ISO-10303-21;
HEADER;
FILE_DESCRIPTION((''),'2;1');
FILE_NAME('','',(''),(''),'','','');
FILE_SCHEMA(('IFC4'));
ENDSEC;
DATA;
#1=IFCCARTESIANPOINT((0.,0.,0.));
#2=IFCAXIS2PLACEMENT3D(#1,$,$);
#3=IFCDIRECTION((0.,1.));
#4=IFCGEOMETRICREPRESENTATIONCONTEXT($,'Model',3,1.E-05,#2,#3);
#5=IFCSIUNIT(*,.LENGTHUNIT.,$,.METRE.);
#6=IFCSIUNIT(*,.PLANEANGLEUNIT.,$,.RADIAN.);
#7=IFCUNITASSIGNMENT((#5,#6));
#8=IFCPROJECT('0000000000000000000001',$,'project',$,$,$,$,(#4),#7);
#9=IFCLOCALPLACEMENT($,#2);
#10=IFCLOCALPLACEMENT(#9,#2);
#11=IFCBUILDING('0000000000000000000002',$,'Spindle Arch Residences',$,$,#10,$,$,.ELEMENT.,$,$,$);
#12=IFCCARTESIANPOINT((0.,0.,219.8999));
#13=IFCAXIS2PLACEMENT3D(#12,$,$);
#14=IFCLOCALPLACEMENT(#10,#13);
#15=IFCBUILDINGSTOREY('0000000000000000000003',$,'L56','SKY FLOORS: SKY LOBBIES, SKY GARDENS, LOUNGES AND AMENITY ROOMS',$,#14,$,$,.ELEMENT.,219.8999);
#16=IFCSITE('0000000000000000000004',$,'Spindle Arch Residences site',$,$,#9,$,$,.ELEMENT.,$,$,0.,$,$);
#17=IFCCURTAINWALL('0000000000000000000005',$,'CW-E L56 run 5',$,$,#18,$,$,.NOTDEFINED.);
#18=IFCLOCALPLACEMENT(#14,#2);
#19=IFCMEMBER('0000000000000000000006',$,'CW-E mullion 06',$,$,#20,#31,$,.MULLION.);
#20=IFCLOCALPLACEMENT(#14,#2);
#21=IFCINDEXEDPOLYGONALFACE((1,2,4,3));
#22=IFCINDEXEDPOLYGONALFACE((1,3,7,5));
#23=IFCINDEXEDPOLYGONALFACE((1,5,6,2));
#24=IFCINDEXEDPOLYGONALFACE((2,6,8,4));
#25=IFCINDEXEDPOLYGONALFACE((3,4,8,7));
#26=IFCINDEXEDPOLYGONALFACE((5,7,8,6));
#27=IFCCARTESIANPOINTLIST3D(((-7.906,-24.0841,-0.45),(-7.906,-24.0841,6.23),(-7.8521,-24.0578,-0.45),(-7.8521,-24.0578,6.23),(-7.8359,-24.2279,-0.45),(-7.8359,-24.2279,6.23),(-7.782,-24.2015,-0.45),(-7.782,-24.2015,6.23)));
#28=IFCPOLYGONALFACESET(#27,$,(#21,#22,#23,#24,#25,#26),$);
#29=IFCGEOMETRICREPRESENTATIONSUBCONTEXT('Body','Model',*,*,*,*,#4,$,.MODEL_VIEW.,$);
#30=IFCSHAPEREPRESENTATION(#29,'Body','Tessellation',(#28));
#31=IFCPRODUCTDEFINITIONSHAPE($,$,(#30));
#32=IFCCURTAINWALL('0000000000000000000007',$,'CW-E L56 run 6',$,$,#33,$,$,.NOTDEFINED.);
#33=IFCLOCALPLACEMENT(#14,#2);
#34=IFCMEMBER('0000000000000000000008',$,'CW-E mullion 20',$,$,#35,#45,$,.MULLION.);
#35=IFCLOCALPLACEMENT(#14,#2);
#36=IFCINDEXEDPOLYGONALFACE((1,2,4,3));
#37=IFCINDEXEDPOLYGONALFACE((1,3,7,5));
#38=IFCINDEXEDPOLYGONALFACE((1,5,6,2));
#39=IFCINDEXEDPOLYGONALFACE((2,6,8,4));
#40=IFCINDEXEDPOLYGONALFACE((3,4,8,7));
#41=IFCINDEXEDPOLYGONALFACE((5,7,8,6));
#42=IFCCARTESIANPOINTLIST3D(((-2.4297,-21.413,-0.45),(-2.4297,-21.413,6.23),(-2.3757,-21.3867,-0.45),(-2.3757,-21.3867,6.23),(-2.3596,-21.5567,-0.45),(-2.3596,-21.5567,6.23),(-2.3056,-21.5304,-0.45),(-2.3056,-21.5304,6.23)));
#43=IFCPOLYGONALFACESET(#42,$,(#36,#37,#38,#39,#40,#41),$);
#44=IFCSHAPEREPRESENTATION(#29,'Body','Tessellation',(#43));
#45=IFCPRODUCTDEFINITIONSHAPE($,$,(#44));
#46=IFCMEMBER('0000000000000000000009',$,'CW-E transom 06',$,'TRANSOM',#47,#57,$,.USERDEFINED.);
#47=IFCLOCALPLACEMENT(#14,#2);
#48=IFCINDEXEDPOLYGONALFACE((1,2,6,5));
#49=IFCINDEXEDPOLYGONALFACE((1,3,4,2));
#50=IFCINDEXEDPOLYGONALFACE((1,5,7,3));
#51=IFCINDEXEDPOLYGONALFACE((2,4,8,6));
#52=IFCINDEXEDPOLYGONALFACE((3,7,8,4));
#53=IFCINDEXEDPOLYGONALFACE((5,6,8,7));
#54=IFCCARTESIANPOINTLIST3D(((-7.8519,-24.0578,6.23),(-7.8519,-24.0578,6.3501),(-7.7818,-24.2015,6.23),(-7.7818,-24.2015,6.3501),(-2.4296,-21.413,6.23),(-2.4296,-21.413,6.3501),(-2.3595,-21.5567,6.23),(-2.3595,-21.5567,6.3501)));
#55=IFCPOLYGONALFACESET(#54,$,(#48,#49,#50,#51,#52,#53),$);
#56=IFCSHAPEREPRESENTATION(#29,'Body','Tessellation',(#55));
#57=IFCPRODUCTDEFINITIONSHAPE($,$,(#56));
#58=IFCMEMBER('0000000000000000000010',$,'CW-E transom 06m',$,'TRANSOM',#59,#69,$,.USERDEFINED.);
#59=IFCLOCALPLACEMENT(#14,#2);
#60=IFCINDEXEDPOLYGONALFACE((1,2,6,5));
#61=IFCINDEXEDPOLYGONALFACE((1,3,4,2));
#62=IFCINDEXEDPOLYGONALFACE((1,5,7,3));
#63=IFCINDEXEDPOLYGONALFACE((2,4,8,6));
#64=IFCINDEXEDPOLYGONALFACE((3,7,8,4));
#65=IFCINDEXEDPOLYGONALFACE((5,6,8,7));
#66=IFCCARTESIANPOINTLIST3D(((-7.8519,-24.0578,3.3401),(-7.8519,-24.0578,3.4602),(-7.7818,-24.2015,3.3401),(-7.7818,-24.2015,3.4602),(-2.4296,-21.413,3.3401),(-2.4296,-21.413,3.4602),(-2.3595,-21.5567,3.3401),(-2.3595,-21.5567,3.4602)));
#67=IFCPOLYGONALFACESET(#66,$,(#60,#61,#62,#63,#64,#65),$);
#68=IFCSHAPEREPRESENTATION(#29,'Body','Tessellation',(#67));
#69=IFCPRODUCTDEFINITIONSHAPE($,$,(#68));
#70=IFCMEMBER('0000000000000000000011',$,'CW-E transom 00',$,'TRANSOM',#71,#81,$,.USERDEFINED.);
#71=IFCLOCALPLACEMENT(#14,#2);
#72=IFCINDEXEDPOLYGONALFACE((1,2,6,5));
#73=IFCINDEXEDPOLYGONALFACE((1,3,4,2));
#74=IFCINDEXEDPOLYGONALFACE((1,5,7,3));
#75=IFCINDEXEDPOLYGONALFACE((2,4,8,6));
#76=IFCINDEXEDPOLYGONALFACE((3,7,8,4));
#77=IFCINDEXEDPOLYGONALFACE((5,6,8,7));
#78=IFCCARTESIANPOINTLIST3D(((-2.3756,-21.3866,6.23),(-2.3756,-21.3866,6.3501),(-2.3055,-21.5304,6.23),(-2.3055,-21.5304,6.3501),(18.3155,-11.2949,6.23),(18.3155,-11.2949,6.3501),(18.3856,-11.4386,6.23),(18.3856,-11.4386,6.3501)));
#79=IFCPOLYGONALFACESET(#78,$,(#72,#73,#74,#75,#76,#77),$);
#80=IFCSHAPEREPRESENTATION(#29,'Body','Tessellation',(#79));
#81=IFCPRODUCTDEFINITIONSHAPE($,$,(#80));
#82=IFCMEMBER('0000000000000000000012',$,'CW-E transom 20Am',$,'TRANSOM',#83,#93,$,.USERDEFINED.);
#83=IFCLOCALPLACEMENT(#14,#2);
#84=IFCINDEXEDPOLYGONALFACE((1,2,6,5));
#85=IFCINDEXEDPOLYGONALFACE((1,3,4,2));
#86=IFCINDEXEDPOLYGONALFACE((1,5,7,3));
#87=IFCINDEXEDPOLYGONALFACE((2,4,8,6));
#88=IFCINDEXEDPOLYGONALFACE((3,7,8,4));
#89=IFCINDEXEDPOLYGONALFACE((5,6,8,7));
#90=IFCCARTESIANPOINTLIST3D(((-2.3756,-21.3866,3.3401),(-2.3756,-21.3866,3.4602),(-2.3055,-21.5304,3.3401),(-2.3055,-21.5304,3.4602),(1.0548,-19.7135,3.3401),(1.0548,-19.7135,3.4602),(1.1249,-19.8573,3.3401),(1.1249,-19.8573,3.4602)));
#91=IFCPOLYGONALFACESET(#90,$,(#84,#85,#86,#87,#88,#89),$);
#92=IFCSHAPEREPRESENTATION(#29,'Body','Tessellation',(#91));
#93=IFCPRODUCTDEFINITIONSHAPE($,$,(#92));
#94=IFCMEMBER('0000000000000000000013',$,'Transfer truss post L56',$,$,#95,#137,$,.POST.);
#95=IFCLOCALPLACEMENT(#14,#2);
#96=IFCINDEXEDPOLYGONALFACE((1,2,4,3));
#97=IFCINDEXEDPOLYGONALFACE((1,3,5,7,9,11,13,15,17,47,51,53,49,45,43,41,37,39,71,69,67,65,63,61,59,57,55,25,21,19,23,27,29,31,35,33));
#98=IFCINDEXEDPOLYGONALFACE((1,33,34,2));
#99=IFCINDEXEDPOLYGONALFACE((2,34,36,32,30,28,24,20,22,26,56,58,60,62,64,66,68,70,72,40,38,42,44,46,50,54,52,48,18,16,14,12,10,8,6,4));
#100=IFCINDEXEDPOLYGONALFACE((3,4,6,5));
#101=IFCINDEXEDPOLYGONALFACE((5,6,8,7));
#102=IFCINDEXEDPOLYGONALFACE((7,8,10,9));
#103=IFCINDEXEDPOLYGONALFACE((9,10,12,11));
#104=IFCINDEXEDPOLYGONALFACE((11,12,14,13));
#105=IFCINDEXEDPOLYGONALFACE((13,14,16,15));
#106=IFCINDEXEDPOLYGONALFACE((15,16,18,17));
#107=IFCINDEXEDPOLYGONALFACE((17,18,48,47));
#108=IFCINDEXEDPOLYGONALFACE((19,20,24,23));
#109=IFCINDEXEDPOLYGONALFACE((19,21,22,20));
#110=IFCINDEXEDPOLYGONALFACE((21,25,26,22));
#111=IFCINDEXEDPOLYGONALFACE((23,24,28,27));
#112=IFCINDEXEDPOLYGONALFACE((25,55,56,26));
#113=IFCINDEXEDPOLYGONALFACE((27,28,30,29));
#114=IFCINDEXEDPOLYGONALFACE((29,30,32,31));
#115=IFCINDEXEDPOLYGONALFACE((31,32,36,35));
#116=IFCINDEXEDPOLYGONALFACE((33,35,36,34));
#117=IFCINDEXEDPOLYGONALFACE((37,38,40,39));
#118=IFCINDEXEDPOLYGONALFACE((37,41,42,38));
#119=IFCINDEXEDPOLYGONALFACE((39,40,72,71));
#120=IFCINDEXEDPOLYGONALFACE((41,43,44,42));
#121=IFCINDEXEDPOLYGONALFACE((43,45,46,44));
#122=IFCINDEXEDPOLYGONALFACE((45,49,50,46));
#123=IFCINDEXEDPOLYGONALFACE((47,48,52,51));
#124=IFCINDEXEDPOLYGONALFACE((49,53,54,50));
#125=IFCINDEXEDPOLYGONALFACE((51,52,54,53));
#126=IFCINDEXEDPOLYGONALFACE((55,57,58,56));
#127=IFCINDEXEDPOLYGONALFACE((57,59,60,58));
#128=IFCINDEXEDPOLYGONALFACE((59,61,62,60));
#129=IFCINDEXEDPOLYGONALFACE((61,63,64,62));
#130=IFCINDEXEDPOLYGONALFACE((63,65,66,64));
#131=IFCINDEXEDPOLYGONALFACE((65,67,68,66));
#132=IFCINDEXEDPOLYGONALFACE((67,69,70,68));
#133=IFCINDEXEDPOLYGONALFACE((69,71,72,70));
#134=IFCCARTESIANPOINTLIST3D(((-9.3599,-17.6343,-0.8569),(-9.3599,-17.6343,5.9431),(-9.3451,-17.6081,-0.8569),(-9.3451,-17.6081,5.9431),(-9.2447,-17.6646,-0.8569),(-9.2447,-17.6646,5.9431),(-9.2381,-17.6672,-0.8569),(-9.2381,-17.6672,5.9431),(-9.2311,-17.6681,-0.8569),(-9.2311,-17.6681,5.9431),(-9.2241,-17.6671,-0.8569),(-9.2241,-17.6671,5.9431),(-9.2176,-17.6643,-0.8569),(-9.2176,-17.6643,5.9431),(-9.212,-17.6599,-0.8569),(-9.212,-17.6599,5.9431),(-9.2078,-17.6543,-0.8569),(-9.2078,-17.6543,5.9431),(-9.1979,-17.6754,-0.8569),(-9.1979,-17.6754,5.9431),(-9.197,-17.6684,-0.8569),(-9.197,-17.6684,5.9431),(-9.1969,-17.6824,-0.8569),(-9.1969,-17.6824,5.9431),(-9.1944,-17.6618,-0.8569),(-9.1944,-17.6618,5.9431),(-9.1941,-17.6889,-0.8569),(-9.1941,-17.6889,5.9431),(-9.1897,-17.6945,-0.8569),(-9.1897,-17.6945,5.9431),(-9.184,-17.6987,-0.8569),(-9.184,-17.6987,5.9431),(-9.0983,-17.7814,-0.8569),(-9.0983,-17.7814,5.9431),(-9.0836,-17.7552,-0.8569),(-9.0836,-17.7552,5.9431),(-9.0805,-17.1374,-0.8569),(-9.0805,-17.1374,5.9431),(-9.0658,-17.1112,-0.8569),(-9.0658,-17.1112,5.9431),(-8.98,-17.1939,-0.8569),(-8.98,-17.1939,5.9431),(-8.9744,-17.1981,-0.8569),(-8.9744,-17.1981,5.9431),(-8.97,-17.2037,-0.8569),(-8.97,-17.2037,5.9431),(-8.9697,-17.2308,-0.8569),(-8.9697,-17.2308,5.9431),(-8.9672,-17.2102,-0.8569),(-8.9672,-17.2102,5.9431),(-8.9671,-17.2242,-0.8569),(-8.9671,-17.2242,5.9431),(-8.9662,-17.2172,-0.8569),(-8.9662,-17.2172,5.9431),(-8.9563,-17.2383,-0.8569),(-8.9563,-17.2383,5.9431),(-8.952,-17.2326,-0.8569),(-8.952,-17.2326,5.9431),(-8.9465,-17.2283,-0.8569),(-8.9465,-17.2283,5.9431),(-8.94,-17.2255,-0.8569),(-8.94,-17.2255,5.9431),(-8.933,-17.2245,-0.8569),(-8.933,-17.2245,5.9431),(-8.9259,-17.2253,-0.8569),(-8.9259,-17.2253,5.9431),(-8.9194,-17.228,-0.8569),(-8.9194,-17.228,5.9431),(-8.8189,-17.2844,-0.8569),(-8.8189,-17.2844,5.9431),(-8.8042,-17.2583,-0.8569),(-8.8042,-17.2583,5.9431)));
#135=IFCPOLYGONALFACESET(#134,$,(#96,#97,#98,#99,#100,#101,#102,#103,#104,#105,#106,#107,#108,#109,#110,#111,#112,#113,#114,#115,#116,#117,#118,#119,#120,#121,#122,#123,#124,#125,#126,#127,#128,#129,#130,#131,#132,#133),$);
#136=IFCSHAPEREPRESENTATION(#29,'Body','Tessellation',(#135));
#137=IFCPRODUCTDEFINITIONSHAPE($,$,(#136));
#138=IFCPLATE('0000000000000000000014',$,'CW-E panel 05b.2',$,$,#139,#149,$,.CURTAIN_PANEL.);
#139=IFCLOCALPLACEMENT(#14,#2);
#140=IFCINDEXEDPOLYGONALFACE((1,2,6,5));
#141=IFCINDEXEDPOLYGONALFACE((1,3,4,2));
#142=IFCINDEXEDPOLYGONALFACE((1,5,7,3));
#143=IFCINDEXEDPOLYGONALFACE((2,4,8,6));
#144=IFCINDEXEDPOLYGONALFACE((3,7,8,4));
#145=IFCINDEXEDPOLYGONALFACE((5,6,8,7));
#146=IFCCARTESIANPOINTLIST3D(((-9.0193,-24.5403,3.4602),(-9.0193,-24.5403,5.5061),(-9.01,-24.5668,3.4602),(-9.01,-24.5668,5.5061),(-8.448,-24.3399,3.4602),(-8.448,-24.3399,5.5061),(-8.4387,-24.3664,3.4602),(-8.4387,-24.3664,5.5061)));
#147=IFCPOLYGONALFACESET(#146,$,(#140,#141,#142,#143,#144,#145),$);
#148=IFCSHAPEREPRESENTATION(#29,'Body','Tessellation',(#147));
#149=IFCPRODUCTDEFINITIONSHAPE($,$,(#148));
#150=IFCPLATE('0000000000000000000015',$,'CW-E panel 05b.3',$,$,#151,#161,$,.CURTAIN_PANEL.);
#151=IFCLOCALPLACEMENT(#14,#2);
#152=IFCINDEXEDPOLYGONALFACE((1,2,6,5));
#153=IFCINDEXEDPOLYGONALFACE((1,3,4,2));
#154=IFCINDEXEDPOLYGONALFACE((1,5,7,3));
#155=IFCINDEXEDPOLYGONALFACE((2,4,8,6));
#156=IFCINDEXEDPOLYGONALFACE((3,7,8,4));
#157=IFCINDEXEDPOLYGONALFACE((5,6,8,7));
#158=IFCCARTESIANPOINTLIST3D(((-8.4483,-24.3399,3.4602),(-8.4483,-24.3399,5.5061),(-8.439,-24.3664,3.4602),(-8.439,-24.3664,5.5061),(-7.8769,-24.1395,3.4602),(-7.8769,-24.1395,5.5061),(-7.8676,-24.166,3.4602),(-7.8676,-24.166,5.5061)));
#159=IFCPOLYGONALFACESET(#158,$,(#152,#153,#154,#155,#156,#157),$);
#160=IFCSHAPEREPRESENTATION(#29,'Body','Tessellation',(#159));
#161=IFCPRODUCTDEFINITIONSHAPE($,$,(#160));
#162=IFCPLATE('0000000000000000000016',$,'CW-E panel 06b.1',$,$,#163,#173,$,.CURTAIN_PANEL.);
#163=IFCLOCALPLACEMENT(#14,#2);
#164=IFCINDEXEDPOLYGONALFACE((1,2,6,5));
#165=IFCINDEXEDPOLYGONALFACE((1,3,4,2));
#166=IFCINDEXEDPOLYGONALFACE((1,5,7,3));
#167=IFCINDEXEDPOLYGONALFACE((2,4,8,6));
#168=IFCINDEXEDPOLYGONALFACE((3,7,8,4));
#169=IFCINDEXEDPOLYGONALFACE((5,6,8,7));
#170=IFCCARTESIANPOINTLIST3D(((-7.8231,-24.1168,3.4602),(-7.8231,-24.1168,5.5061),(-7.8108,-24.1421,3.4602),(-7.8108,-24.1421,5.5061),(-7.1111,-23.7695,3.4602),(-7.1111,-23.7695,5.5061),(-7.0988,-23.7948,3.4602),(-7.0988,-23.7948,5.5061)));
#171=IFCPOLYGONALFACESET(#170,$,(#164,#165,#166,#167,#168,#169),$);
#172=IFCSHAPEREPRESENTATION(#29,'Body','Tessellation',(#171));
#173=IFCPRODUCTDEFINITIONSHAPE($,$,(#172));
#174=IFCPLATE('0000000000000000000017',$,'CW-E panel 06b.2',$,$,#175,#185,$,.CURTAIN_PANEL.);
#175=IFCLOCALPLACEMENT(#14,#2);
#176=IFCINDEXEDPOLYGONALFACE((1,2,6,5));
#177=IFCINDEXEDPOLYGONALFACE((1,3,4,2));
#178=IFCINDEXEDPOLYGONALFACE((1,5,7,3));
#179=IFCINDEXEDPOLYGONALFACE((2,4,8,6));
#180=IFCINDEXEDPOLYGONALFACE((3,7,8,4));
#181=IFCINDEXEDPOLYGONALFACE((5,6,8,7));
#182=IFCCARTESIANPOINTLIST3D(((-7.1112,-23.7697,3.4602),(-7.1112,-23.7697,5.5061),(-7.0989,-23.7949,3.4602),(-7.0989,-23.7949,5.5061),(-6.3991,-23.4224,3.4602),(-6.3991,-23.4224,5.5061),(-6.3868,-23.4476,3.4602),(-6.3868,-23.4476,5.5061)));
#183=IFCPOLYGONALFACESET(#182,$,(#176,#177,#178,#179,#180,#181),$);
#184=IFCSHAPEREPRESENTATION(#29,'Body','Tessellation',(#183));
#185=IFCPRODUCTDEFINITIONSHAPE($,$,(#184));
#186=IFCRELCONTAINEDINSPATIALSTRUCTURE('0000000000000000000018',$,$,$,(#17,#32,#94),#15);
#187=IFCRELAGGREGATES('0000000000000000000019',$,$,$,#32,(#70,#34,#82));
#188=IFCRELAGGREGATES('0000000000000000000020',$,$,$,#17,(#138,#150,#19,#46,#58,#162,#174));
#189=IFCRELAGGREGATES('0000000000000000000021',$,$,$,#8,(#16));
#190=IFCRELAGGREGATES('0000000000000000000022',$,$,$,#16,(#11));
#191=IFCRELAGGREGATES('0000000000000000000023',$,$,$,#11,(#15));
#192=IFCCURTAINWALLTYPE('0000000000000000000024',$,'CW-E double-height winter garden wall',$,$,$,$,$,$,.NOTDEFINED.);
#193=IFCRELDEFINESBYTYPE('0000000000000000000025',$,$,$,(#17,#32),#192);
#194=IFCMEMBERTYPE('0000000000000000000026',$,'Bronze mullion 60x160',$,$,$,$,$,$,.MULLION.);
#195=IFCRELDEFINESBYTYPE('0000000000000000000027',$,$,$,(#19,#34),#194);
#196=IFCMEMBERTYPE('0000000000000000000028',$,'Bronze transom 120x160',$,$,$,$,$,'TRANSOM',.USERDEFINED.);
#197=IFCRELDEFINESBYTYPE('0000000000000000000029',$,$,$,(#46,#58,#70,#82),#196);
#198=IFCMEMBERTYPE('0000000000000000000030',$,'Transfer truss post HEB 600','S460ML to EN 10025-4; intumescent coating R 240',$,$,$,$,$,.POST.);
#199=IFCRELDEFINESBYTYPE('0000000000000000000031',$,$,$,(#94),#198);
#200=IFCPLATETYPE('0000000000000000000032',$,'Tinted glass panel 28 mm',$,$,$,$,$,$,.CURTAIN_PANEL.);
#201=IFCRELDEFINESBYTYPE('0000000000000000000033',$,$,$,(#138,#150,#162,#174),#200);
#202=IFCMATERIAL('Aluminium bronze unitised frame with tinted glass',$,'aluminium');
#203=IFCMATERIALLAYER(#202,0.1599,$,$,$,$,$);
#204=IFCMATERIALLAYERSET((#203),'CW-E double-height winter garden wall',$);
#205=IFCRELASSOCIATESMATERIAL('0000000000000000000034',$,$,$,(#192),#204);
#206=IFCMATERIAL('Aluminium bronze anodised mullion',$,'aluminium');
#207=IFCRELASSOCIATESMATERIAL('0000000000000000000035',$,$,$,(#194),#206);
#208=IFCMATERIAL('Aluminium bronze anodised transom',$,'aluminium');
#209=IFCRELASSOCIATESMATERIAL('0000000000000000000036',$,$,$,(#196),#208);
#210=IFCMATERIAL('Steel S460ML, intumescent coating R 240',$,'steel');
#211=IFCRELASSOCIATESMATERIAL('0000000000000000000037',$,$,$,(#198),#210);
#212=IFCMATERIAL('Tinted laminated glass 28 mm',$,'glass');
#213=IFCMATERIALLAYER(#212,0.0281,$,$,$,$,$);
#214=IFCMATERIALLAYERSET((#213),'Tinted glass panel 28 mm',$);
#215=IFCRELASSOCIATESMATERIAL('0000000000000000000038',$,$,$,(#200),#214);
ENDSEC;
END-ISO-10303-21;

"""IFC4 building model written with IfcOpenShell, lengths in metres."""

from ifc_helpers import new_model, si_unit, direction, frame, origin, origin_2d, place, context, subcontext, project, spatial, rectangle, i_section, extrude, material, layer, layer_set, material_profile, profile_set, type_object, element, aggregate, save


model = new_model("IFC4")

# Units and contexts
model_context = context("Model", 3, precision=1e-05, world=origin(), true_north=direction((0.0, 1.0)))
body_context = subcontext(model_context, "Body", "Model", "MODEL_VIEW")
ifc_project = project(units=[si_unit("LENGTHUNIT", "METRE"), si_unit("PLANEANGLEUNIT", "RADIAN")], contexts=[model_context])

# Site, building, storey
site_placement = place(None, origin())
site = spatial("IfcSite", under=ifc_project, at=site_placement, Name="Spindle Arch Residences site", CompositionType="ELEMENT", RefElevation=0.0)
building_placement = place(site_placement, origin())
building = spatial("IfcBuilding", under=site, at=building_placement, Name="Spindle Arch Residences", CompositionType="ELEMENT")
storey_placement = place(building_placement, frame((0.0, 0.0, 219.8999)))
storey = spatial("IfcBuildingStorey", under=building, at=storey_placement, Name="L56", Description="SKY FLOORS: SKY LOBBIES, SKY GARDENS, LOUNGES AND AMENITY ROOMS", CompositionType="ELEMENT", Elevation=219.8999)

# Curtain walls, members
ifc_material_1 = material(Name="Aluminium bronze unitised frame with tinted glass", Category="aluminium")
ifc_layer_1 = layer(ifc_material_1, 0.1599)
ifc_layer_set_1 = layer_set([ifc_layer_1], Name="CW-E double-height winter garden wall")
curtain_wall_type = type_object("IfcCurtainWallType", Name="CW-E double-height winter garden wall", PredefinedType="NOTDEFINED", material=ifc_layer_set_1)
curtain_wall_1_placement = place(storey_placement, origin())
curtain_wall_1 = element("IfcCurtainWall", 1, at=curtain_wall_1_placement, inside=storey, type_object=curtain_wall_type, Name="CW-E L56 run 5", PredefinedType="NOTDEFINED")
ifc_material_2 = material(Name="Aluminium bronze anodised mullion", Category="aluminium")
ifc_material_profile_1 = material_profile(ifc_material_2, rectangle(XDim=0.1599, YDim=0.0601, at=origin_2d()), Name="MU 60x160")
ifc_profile_set_1 = profile_set([ifc_material_profile_1], Name="Aluminium bronze anodised mullion")
member_type_1 = type_object("IfcMemberType", Name="Bronze mullion 60x160", PredefinedType="MULLION", material=ifc_profile_set_1)
member_1_placement = place(storey_placement, frame((-7.844, -24.1428, -0.45), z_axis=(0.0, 0.0, 1.0), x_axis=(-0.438371, 0.898794, 0.0)))
member_1 = element("IfcMember", 2, at=member_1_placement, type_object=member_type_1, Name="CW-E mullion 06", PredefinedType="MULLION", context=body_context, shape_type="SweptSolid", body=[
    extrude(rectangle(XDim=0.1599, YDim=0.0601, at=origin_2d()), origin(), (0.0, 0.0, 1.0), 6.6799),
])
curtain_wall_2_placement = place(storey_placement, origin())
curtain_wall_2 = element("IfcCurtainWall", 3, at=curtain_wall_2_placement, inside=storey, type_object=curtain_wall_type, Name="CW-E L56 run 6", PredefinedType="NOTDEFINED")
member_2_placement = place(storey_placement, frame((-2.3677, -21.4717, -0.45), z_axis=(0.0, 0.0, 1.0), x_axis=(-0.438371, 0.898794, 0.0)))
member_2 = element("IfcMember", 4, at=member_2_placement, type_object=member_type_1, Name="CW-E mullion 20", PredefinedType="MULLION", context=body_context, shape_type="SweptSolid", body=[
    extrude(rectangle(XDim=0.1599, YDim=0.0601, at=origin_2d()), origin(), (0.0, 0.0, 1.0), 6.6799),
])

# Members
ifc_material_3 = material(Name="Aluminium bronze anodised transom", Category="aluminium")
ifc_material_profile_2 = material_profile(ifc_material_3, rectangle(XDim=0.1599, YDim=0.1201, at=origin_2d()), Name="TR 120x160")
ifc_profile_set_2 = profile_set([ifc_material_profile_2], Name="Aluminium bronze anodised transom")
member_type_2 = type_object("IfcMemberType", Name="Bronze transom 120x160", ElementType="TRANSOM", PredefinedType="USERDEFINED", material=ifc_profile_set_2)
member_3_placement = place(storey_placement, frame((-7.8169, -24.1296, 6.29), z_axis=(0.898787, 0.438386, 0.0), x_axis=(-0.438386, 0.898787, 0.0)))
member_3 = element("IfcMember", 5, at=member_3_placement, type_object=member_type_2, Name="CW-E transom 06", ObjectType="TRANSOM", PredefinedType="USERDEFINED", context=body_context, shape_type="SweptSolid", body=[
    extrude(rectangle(XDim=0.1599, YDim=0.1201, at=origin_2d()), origin(), (0.0, 0.0, 1.0), 6.033),
])
member_4_placement = place(storey_placement, frame((-7.8169, -24.1296, 3.4001), z_axis=(0.898787, 0.438386, 0.0), x_axis=(-0.438386, 0.898787, 0.0)))
member_4 = element("IfcMember", 6, at=member_4_placement, type_object=member_type_2, Name="CW-E transom 06m", ObjectType="TRANSOM", PredefinedType="USERDEFINED", context=body_context, shape_type="SweptSolid", body=[
    extrude(rectangle(XDim=0.1599, YDim=0.1201, at=origin_2d()), origin(), (0.0, 0.0, 1.0), 6.033),
])
member_5_placement = place(storey_placement, frame((-2.3406, -21.4585, 6.29), z_axis=(0.898793, 0.438373, 0.0), x_axis=(-0.438373, 0.898793, 0.0)))
member_5 = element("IfcMember", 7, at=member_5_placement, type_object=member_type_2, Name="CW-E transom 00", ObjectType="TRANSOM", PredefinedType="USERDEFINED", context=body_context, shape_type="SweptSolid", body=[
    extrude(rectangle(XDim=0.1599, YDim=0.1201, at=origin_2d()), origin(), (0.0, 0.0, 1.0), 23.021),
])
member_6_placement = place(storey_placement, frame((-2.3406, -21.4585, 3.4001), z_axis=(0.898797, 0.438364, 0.0), x_axis=(-0.438364, 0.898797, 0.0)))
member_6 = element("IfcMember", 8, at=member_6_placement, type_object=member_type_2, Name="CW-E transom 20Am", ObjectType="TRANSOM", PredefinedType="USERDEFINED", context=body_context, shape_type="SweptSolid", body=[
    extrude(rectangle(XDim=0.1599, YDim=0.1201, at=origin_2d()), origin(), (0.0, 0.0, 1.0), 3.8167),
])
aggregate(curtain_wall_2, [member_5, member_2, member_6])
ifc_material_4 = material(Name="Steel S460ML, intumescent coating R 240", Category="steel")
ifc_material_profile_3 = material_profile(ifc_material_4, i_section(OverallWidth=0.3, OverallDepth=0.6001, WebThickness=0.0154, FlangeThickness=0.03, FilletRadius=0.0271, at=origin_2d()), Name="HEB 600")
ifc_profile_set_3 = profile_set([ifc_material_profile_3], Name="Steel S460ML, intumescent coating R 240")
member_type_3 = type_object("IfcMemberType", Name="Transfer truss post HEB 600", Description="S460ML to EN 10025-4; intumescent coating R 240", PredefinedType="POST", material=ifc_profile_set_3)
member_7_placement = place(storey_placement, frame((-9.082, -17.4463, -0.8569), z_axis=(0.0, 0.0, 1.0), x_axis=(-0.871675, 0.490085, 0.0)))
element("IfcMember", 9, at=member_7_placement, inside=storey, type_object=member_type_3, Name="Transfer truss post L56", PredefinedType="POST", context=body_context, shape_type="SweptSolid", body=[
    extrude(i_section(OverallWidth=0.3, OverallDepth=0.6001, WebThickness=0.0154, FlangeThickness=0.03, FilletRadius=0.0271, at=origin_2d()), origin(), (0.0, 0.0, 1.0), 6.8),
])

# Plates
ifc_material_5 = material(Name="Tinted laminated glass 28 mm", Category="glass")
ifc_layer_2 = layer(ifc_material_5, 0.0281)
ifc_layer_set_2 = layer_set([ifc_layer_2], Name="Tinted glass panel 28 mm")
plate_type_1 = type_object("IfcPlateType", Name="Tinted glass panel 28 mm", PredefinedType="CURTAIN_PANEL", material=ifc_layer_set_2)
plate_1_placement = place(storey_placement, frame((-8.729, -24.4534, 3.4602), z_axis=(0.0, 0.0, 1.0), x_axis=(0.943609, 0.331063, 0.0)))
plate_1 = element("IfcPlate", 10, at=plate_1_placement, type_object=plate_type_1, Name="CW-E panel 05b.2", PredefinedType="CURTAIN_PANEL", context=body_context, shape_type="SweptSolid", body=[
    extrude(rectangle(XDim=0.6055, YDim=0.0281, at=origin_2d()), origin(), (0.0, 0.0, 1.0), 2.0459),
])
plate_2_placement = place(storey_placement, frame((-8.158, -24.2529, 3.4602), z_axis=(0.0, 0.0, 1.0), x_axis=(0.943609, 0.331063, 0.0)))
plate_2 = element("IfcPlate", 11, at=plate_2_placement, type_object=plate_type_1, Name="CW-E panel 05b.3", PredefinedType="CURTAIN_PANEL", context=body_context, shape_type="SweptSolid", body=[
    extrude(rectangle(XDim=0.6055, YDim=0.0281, at=origin_2d()), origin(), (0.0, 0.0, 1.0), 2.0459),
])
plate_3_placement = place(storey_placement, frame((-7.4609, -23.9558, 3.4602), z_axis=(0.0, 0.0, 1.0), x_axis=(0.898794, 0.438371, 0.0)))
plate_3 = element("IfcPlate", 12, at=plate_3_placement, type_object=plate_type_1, Name="CW-E panel 06b.1", PredefinedType="CURTAIN_PANEL", context=body_context, shape_type="SweptSolid", body=[
    extrude(rectangle(XDim=0.7922, YDim=0.0281, at=origin_2d()), origin(), (0.0, 0.0, 1.0), 2.0459),
])
plate_4_placement = place(storey_placement, frame((-6.749, -23.6086, 3.4602), z_axis=(0.0, 0.0, 1.0), x_axis=(0.898794, 0.438371, 0.0)))
plate_4 = element("IfcPlate", 13, at=plate_4_placement, type_object=plate_type_1, Name="CW-E panel 06b.2", PredefinedType="CURTAIN_PANEL", context=body_context, shape_type="SweptSolid", body=[
    extrude(rectangle(XDim=0.7922, YDim=0.0281, at=origin_2d()), origin(), (0.0, 0.0, 1.0), 2.0459),
])
aggregate(curtain_wall_1, [plate_1, plate_2, member_1, member_3, member_4, plate_3, plate_4])

save(model, "model.ifc")
